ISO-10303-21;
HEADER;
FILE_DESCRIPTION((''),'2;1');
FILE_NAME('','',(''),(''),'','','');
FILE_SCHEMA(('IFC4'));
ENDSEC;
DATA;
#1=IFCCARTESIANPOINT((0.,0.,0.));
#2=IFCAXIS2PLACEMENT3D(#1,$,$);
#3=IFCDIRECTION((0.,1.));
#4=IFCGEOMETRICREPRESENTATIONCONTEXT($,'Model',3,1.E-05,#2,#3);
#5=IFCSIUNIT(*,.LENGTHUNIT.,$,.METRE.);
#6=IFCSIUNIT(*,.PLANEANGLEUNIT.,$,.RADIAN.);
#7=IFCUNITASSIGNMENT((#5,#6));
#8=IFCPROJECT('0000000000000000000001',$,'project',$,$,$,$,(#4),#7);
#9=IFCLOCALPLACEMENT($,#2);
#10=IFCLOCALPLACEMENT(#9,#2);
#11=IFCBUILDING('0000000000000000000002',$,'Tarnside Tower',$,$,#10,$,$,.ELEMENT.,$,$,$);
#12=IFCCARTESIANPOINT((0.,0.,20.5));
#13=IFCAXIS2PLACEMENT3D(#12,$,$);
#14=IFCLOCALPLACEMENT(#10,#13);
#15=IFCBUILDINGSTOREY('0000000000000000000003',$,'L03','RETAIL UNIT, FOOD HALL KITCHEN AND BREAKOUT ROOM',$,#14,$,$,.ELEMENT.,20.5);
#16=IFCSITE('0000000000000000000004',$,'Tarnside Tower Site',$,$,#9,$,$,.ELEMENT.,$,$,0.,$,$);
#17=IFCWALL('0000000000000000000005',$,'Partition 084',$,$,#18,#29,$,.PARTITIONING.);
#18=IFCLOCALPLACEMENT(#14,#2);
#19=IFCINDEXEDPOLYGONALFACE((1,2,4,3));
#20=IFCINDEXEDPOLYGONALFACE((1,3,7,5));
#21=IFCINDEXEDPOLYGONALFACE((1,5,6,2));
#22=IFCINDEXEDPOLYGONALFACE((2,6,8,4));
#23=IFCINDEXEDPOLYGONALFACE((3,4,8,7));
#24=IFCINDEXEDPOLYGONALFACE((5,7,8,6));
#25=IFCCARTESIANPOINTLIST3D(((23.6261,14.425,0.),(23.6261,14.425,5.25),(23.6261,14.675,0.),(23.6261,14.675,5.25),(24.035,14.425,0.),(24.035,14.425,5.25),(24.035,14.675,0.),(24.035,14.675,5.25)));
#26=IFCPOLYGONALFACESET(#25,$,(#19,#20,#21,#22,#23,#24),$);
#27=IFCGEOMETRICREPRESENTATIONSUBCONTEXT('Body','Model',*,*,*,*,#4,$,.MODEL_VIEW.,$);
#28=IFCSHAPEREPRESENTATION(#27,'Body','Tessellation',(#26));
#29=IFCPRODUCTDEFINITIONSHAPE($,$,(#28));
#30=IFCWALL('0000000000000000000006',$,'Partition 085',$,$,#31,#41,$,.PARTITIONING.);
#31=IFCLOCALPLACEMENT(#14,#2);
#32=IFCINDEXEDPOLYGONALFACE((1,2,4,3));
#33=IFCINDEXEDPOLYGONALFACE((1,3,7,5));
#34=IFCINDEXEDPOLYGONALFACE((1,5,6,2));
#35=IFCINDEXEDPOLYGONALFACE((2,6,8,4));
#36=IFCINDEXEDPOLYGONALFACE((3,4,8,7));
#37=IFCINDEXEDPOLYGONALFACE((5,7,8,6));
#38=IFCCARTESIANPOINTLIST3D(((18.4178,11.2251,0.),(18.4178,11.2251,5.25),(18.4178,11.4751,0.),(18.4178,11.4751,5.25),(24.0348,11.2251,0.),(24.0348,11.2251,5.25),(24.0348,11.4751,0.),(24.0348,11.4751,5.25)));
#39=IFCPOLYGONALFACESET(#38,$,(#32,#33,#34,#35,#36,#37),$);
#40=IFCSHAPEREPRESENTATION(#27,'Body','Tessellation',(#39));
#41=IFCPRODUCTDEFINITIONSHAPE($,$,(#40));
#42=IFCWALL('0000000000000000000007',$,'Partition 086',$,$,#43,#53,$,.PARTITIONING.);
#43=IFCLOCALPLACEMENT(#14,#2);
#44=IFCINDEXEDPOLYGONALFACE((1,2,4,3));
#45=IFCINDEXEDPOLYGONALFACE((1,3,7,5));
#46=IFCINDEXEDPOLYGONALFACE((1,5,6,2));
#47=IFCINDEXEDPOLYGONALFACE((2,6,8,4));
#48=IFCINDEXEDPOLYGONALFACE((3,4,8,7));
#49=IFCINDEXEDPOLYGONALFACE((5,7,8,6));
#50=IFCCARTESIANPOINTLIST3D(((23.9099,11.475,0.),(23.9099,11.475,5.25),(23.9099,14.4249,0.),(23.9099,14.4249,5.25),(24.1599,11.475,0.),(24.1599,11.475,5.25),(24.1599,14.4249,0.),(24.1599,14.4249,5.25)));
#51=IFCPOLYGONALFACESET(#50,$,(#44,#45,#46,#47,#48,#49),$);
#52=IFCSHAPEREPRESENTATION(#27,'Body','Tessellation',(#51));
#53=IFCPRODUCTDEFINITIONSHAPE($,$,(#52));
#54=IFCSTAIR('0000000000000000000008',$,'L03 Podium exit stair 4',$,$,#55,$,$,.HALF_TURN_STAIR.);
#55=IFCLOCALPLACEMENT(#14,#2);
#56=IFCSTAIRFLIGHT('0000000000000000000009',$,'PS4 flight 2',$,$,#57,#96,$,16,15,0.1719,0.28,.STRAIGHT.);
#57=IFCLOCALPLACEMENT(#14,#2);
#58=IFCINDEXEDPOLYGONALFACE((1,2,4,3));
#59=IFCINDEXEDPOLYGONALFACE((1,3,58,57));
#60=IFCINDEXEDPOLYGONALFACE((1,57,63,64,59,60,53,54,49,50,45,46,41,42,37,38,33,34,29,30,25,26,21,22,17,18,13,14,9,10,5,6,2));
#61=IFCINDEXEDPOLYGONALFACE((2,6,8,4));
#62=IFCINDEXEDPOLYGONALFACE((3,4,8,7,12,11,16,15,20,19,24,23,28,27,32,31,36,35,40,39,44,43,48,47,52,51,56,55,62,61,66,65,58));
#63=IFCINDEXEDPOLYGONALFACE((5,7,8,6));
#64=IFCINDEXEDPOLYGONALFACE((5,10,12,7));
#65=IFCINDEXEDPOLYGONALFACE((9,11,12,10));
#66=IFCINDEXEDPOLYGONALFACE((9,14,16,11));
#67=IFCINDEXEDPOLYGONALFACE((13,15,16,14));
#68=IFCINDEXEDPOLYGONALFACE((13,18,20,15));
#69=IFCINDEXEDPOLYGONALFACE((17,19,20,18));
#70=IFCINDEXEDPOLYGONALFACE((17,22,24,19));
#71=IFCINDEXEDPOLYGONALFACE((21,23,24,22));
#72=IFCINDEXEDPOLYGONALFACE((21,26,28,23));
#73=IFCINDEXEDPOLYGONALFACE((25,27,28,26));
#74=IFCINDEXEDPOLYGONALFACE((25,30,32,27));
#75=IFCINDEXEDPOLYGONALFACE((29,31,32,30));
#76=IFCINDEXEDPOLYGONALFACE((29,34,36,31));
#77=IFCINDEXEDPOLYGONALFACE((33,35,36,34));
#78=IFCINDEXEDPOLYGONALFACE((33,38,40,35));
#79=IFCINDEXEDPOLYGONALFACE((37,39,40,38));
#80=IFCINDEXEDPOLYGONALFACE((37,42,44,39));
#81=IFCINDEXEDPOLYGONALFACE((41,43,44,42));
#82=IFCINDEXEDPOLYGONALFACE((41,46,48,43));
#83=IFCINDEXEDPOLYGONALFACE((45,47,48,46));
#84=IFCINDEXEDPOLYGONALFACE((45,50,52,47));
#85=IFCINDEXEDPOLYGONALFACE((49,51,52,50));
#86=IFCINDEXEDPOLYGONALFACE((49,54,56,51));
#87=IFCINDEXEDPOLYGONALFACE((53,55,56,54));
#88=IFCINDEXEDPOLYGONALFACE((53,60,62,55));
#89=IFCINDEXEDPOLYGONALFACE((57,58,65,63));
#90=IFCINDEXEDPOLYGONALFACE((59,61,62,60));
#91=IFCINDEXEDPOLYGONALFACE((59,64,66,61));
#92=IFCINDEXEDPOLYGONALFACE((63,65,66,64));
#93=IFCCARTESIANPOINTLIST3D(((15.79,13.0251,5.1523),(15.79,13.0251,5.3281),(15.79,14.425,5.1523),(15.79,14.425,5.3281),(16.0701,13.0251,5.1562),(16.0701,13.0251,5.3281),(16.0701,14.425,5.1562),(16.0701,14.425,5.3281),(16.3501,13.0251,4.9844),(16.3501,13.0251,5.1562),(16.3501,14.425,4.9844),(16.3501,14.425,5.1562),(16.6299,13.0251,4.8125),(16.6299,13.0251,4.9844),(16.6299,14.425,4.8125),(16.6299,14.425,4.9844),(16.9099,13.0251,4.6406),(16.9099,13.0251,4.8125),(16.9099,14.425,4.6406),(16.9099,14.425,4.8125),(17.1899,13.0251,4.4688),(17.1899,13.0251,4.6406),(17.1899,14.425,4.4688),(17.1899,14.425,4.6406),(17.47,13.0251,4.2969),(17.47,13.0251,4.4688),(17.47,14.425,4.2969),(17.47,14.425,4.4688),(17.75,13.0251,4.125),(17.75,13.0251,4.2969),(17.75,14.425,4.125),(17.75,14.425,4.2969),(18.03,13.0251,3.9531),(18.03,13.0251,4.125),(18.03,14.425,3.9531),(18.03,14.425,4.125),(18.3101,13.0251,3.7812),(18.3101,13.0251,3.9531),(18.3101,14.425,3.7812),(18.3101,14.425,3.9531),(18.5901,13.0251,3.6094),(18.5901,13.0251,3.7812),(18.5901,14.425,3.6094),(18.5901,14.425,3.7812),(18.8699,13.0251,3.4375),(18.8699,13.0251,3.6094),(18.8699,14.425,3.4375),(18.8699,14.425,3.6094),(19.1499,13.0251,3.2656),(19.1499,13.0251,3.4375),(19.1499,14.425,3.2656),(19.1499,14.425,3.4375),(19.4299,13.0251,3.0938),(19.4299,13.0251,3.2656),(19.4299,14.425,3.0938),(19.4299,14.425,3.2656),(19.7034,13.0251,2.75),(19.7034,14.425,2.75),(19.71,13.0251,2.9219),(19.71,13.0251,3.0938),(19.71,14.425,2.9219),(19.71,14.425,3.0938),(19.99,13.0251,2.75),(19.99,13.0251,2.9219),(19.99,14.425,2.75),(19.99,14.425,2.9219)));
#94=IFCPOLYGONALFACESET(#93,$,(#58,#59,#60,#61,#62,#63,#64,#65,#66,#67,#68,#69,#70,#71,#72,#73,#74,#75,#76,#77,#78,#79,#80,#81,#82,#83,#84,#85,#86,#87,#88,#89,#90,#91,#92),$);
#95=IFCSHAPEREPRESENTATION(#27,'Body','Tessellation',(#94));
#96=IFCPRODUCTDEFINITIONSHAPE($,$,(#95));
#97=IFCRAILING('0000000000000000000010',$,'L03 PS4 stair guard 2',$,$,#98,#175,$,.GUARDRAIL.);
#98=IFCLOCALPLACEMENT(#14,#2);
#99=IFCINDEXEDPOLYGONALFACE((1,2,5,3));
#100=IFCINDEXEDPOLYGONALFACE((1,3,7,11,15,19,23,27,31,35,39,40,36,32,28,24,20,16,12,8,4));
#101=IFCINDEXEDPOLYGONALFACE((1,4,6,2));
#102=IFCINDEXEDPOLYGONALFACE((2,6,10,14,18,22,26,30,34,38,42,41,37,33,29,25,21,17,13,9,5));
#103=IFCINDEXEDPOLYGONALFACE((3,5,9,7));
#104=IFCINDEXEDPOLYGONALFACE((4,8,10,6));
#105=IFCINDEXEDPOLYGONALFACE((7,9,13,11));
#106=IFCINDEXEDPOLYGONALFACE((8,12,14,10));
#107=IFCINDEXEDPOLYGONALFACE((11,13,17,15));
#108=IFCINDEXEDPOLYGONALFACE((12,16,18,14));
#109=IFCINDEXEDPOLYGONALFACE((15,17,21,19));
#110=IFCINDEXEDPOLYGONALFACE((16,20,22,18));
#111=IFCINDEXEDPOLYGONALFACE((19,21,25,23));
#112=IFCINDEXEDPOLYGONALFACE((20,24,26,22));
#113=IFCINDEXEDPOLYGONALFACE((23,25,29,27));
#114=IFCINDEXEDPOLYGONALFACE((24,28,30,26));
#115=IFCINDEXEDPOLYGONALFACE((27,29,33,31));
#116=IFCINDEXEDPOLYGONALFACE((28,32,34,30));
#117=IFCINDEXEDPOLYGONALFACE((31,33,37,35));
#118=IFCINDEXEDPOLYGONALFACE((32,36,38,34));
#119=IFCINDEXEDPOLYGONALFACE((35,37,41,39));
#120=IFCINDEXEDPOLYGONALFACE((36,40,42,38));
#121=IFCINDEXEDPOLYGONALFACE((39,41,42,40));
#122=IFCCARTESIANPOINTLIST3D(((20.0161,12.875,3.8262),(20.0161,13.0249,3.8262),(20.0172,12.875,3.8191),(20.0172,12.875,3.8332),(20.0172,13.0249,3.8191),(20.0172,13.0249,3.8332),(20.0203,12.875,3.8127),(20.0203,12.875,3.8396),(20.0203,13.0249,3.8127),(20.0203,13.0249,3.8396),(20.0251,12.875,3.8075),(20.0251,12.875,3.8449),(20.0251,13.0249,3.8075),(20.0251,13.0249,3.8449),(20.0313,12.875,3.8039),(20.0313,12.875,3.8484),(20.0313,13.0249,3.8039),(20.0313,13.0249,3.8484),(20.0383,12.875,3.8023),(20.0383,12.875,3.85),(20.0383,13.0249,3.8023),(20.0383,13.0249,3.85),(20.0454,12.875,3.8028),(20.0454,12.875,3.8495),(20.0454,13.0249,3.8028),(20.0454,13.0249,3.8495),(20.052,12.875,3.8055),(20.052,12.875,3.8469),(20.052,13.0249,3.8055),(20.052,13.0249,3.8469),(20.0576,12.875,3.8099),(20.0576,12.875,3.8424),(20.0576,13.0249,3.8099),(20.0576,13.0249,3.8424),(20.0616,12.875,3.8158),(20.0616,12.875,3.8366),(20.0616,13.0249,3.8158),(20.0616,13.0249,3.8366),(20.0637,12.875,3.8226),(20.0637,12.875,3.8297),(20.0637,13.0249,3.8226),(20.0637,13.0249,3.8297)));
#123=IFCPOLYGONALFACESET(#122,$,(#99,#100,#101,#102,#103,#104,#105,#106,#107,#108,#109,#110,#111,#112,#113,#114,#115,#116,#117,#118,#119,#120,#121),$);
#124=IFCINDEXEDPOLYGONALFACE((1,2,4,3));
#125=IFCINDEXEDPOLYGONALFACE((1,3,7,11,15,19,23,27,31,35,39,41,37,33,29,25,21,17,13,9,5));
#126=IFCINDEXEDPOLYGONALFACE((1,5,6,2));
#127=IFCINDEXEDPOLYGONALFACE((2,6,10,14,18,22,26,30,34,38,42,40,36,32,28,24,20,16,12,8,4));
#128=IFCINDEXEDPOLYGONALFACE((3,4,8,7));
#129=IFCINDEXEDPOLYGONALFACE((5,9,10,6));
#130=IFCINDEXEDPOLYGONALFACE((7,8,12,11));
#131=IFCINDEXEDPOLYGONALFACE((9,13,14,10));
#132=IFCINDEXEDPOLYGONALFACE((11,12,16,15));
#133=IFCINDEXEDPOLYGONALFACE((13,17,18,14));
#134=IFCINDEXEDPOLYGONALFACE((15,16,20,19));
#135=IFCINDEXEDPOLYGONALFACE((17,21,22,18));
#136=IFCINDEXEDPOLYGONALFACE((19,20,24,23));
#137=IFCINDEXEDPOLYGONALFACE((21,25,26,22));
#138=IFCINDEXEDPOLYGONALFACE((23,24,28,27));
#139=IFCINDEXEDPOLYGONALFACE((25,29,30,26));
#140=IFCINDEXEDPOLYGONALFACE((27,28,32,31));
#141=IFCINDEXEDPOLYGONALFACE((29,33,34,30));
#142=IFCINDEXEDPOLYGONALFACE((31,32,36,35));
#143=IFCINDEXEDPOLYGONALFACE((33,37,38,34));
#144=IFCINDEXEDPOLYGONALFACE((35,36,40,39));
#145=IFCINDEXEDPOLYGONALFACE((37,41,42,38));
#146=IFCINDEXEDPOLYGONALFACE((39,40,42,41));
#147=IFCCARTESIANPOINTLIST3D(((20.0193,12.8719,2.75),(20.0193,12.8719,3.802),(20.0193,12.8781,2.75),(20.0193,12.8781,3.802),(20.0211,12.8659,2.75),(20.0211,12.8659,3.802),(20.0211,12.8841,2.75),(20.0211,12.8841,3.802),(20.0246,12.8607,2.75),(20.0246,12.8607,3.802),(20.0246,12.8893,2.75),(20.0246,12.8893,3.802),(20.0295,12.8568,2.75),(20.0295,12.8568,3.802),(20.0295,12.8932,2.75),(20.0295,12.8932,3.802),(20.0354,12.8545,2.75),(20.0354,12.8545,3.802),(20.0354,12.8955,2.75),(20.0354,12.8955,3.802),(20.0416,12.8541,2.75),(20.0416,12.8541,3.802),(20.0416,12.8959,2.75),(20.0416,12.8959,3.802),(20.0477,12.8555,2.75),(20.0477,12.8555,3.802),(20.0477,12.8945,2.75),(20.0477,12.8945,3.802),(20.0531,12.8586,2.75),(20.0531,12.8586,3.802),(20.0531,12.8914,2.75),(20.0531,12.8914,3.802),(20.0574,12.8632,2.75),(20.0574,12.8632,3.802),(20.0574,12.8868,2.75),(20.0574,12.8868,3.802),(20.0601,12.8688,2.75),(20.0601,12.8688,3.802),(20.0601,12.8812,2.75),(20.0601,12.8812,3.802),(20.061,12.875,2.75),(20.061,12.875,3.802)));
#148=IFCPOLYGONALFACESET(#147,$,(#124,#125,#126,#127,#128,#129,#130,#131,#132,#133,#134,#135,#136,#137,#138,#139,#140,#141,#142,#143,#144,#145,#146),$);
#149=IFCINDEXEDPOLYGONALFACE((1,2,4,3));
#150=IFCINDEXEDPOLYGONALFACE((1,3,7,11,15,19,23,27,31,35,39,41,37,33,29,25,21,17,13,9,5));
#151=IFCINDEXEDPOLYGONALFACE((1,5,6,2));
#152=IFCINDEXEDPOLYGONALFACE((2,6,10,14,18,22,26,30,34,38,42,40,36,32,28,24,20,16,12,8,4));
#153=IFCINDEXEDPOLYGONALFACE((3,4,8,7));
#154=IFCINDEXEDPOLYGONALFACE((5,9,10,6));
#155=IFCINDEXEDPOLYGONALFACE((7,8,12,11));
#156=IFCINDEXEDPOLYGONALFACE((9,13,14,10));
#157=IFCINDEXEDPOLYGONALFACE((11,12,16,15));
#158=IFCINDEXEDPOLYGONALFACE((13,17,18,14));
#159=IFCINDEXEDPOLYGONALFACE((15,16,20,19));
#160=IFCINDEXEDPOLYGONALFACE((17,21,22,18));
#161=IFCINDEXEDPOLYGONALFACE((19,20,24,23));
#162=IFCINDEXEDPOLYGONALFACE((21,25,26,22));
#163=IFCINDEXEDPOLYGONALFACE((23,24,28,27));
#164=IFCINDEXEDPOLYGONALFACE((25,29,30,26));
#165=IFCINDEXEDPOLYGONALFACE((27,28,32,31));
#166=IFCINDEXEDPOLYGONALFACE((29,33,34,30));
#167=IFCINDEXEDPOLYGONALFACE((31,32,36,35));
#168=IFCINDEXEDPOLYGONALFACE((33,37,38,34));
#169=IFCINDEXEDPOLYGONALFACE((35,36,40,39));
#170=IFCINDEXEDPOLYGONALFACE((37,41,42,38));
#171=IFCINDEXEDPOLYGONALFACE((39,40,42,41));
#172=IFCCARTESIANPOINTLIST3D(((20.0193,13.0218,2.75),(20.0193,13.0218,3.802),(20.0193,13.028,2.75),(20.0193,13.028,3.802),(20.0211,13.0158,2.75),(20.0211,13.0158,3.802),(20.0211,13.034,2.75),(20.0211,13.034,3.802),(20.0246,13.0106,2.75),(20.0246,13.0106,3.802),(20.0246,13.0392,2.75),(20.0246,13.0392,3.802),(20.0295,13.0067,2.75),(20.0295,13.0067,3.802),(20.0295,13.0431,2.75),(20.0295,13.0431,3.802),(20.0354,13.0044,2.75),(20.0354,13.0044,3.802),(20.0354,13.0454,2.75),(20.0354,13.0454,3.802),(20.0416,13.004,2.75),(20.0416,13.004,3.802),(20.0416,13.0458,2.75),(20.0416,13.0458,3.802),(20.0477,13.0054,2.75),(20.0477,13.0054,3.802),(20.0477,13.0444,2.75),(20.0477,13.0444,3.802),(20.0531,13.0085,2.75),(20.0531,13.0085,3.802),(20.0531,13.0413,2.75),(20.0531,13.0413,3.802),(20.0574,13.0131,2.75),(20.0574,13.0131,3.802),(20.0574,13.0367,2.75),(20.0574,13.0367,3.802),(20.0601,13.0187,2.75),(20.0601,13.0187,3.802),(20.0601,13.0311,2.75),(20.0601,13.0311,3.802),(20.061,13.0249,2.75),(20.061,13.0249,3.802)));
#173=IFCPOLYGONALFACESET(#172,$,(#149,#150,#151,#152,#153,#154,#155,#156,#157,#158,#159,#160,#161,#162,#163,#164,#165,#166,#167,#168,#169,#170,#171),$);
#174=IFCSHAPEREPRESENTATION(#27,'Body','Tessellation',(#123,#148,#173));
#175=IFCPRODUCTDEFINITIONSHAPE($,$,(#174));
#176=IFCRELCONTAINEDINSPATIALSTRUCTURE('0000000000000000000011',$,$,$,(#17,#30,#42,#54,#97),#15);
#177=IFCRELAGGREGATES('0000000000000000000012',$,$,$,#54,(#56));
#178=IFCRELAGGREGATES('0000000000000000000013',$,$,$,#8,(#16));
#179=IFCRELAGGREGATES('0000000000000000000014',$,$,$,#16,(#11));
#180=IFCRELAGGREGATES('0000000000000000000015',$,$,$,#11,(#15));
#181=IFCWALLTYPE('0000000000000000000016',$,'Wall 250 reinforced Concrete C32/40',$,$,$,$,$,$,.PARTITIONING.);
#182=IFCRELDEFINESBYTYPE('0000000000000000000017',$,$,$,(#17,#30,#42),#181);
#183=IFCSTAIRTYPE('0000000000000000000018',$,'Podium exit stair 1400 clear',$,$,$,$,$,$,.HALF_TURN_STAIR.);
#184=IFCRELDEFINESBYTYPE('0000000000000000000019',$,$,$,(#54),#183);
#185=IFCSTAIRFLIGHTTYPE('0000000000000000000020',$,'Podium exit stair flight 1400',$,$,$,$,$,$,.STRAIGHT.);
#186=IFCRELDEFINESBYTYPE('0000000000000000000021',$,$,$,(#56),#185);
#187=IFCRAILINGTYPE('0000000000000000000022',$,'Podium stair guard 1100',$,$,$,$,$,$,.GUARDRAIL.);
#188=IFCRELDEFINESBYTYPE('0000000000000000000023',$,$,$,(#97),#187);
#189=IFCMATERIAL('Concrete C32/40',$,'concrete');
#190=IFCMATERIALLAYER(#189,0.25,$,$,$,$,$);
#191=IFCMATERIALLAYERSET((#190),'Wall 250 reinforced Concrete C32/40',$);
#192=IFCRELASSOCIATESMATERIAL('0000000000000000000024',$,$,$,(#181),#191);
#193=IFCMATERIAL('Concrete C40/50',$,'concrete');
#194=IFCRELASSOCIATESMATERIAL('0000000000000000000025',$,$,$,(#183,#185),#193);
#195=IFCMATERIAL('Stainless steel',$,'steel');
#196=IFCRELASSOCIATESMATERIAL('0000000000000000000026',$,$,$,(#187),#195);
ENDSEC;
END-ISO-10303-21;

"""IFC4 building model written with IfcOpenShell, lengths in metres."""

from ifc_helpers import new_model, si_unit, direction, frame, frame_2d, origin, origin_2d, place, context, subcontext, project, spatial, polyline, rectangle, circle, outline, extrude, material, layer, layer_set, type_object, element, aggregate, save


model = new_model("IFC4")

# Units and contexts
model_context = context("Model", 3, precision=1e-05, world=origin(), true_north=direction((0.0, 1.0)))
body_context = subcontext(model_context, "Body", "Model", "MODEL_VIEW")
ifc_project = project(units=[si_unit("LENGTHUNIT", "METRE"), si_unit("PLANEANGLEUNIT", "RADIAN")], contexts=[model_context])

# Site, building, storey
site_placement = place(None, origin())
site = spatial("IfcSite", under=ifc_project, at=site_placement, Name="Tarnside Tower Site", CompositionType="ELEMENT", RefElevation=0.0)
building_placement = place(site_placement, origin())
building = spatial("IfcBuilding", under=site, at=building_placement, Name="Tarnside Tower", CompositionType="ELEMENT")
storey_placement = place(building_placement, frame((0.0, 0.0, 20.5)))
storey = spatial("IfcBuildingStorey", under=building, at=storey_placement, Name="L03", Description="RETAIL UNIT, FOOD HALL KITCHEN AND BREAKOUT ROOM", CompositionType="ELEMENT", Elevation=20.5)

# Walls
ifc_material_1 = material(Name="Concrete C32/40", Category="concrete")
ifc_layer_1 = layer(ifc_material_1, 0.25)
ifc_layer_set_1 = layer_set([ifc_layer_1], Name="Wall 250 reinforced Concrete C32/40")
wall_type_1 = type_object("IfcWallType", Name="Wall 250 reinforced Concrete C32/40", PredefinedType="PARTITIONING", material=ifc_layer_set_1)
wall_1_placement = place(storey_placement, frame((23.626, 14.55, 0.0), z_axis=(0.0, 0.0, 1.0), x_axis=(1.0, 0.0, 0.0)))
element("IfcWall", 1, at=wall_1_placement, inside=storey, type_object=wall_type_1, Name="Partition 084", PredefinedType="PARTITIONING", context=body_context, shape_type="SweptSolid", body=[
    extrude(rectangle(XDim=0.4089, YDim=0.25, at=frame_2d((0.2046, 0.0))), origin(), (0.0, 0.0, 1.0), 5.25),
])
wall_2_placement = place(storey_placement, frame((24.0349, 11.3501, 0.0), z_axis=(0.0, 0.0, 1.0), x_axis=(-1.0, 0.0, 0.0)))
element("IfcWall", 2, at=wall_2_placement, inside=storey, type_object=wall_type_1, Name="Partition 085", PredefinedType="PARTITIONING", context=body_context, shape_type="SweptSolid", body=[
    extrude(rectangle(XDim=5.6169, YDim=0.25, at=frame_2d((2.8086, 0.0))), origin(), (0.0, 0.0, 1.0), 5.25),
])
wall_3_placement = place(storey_placement, frame((24.0349, 14.425, 0.0), z_axis=(0.0, 0.0, 1.0), x_axis=(0.0, -1.0, 0.0)))
element("IfcWall", 3, at=wall_3_placement, inside=storey, type_object=wall_type_1, Name="Partition 086", PredefinedType="PARTITIONING", context=body_context, shape_type="SweptSolid", body=[
    extrude(rectangle(XDim=2.95, YDim=0.25, at=frame_2d((1.4751, 0.0))), origin(), (0.0, 0.0, 1.0), 5.25),
])

# Stair, stair flight
ifc_material_2 = material(Name="Concrete C40/50", Category="concrete")
stair_type = type_object("IfcStairType", Name="Podium exit stair 1400 clear", PredefinedType="HALF_TURN_STAIR", material=ifc_material_2)
stair_placement = place(storey_placement, origin())
stair = element("IfcStair", 4, at=stair_placement, inside=storey, type_object=stair_type, Name="L03 Podium exit stair 4", PredefinedType="HALF_TURN_STAIR")
stair_flight_type = type_object("IfcStairFlightType", Name="Podium exit stair flight 1400", PredefinedType="STRAIGHT", material=ifc_material_2)
stair_flight_placement = place(storey_placement, frame((19.99, 13.7251, 2.75), z_axis=(0.0, 0.0, 1.0), x_axis=(-1.0, 0.0, 0.0)))
stair_flight = element("IfcStairFlight", 5, at=stair_flight_placement, type_object=stair_flight_type, Name="PS4 flight 2", NumberOfRisers=16, NumberOfTreads=15, PredefinedType="STRAIGHT", RiserHeight=0.1719, TreadLength=0.28, context=body_context, shape_type="SweptSolid", body=[
    extrude(outline(polyline([(0.0, 0.0), (0.0, 0.1719), (0.28, 0.1719), (0.28, 0.3438), (0.5601, 0.3438), (0.5601, 0.5156), (0.8401, 0.5156), (0.8401, 0.6875), (1.1201, 0.6875), (1.1201, 0.8594), (1.3999, 0.8594), (1.3999, 1.0312), (1.6799, 1.0312), (1.6799, 1.2031), (1.96, 1.2031), (1.96, 1.375), (2.24, 1.375), (2.24, 1.5469), (2.52, 1.5469), (2.52, 1.7188), (2.8, 1.7188), (2.8, 1.8906), (3.0801, 1.8906), (3.0801, 2.0625), (3.3601, 2.0625), (3.3601, 2.2344), (3.6399, 2.2344), (3.6399, 2.4062), (3.9199, 2.4062), (3.9199, 2.5781), (4.2, 2.5781), (4.2, 2.75), (4.2, 2.4023), (0.2866, 0.0), (0.0, 0.0)])), frame((0.0, 0.7, 0.0), z_axis=(0.0, -1.0, 0.0), x_axis=(1.0, 0.0, 0.0)), (0.0, 0.0, 1.0), 1.3999),
])
aggregate(stair, [stair_flight])

# Railing
ifc_material_3 = material(Name="Stainless steel", Category="steel")
railing_type_1 = type_object("IfcRailingType", Name="Podium stair guard 1100", PredefinedType="GUARDRAIL", material=ifc_material_3)
railing_1_placement = place(storey_placement, frame((20.04, 12.875, 2.75)))
element("IfcRailing", 6, at=railing_1_placement, inside=storey, type_object=railing_type_1, Name="L03 PS4 stair guard 2", PredefinedType="GUARDRAIL", context=body_context, shape_type="SweptSolid", body=[
    extrude(circle(Radius=0.0239, at=origin_2d()), frame((0.0, 0.0, 1.0762), z_axis=(0.0, 1.0, 0.0), x_axis=(-1.0, 0.0, 0.0)), (0.0, 0.0, 1.0), 0.1499),
    extrude(circle(Radius=0.021, at=origin_2d()), origin(), (0.0, 0.0, 1.0), 1.052),
    extrude(circle(Radius=0.021, at=origin_2d()), frame((0.0, 0.1499, 0.0)), (0.0, 0.0, 1.0), 1.052),
])

save(model, "model.ifc")
